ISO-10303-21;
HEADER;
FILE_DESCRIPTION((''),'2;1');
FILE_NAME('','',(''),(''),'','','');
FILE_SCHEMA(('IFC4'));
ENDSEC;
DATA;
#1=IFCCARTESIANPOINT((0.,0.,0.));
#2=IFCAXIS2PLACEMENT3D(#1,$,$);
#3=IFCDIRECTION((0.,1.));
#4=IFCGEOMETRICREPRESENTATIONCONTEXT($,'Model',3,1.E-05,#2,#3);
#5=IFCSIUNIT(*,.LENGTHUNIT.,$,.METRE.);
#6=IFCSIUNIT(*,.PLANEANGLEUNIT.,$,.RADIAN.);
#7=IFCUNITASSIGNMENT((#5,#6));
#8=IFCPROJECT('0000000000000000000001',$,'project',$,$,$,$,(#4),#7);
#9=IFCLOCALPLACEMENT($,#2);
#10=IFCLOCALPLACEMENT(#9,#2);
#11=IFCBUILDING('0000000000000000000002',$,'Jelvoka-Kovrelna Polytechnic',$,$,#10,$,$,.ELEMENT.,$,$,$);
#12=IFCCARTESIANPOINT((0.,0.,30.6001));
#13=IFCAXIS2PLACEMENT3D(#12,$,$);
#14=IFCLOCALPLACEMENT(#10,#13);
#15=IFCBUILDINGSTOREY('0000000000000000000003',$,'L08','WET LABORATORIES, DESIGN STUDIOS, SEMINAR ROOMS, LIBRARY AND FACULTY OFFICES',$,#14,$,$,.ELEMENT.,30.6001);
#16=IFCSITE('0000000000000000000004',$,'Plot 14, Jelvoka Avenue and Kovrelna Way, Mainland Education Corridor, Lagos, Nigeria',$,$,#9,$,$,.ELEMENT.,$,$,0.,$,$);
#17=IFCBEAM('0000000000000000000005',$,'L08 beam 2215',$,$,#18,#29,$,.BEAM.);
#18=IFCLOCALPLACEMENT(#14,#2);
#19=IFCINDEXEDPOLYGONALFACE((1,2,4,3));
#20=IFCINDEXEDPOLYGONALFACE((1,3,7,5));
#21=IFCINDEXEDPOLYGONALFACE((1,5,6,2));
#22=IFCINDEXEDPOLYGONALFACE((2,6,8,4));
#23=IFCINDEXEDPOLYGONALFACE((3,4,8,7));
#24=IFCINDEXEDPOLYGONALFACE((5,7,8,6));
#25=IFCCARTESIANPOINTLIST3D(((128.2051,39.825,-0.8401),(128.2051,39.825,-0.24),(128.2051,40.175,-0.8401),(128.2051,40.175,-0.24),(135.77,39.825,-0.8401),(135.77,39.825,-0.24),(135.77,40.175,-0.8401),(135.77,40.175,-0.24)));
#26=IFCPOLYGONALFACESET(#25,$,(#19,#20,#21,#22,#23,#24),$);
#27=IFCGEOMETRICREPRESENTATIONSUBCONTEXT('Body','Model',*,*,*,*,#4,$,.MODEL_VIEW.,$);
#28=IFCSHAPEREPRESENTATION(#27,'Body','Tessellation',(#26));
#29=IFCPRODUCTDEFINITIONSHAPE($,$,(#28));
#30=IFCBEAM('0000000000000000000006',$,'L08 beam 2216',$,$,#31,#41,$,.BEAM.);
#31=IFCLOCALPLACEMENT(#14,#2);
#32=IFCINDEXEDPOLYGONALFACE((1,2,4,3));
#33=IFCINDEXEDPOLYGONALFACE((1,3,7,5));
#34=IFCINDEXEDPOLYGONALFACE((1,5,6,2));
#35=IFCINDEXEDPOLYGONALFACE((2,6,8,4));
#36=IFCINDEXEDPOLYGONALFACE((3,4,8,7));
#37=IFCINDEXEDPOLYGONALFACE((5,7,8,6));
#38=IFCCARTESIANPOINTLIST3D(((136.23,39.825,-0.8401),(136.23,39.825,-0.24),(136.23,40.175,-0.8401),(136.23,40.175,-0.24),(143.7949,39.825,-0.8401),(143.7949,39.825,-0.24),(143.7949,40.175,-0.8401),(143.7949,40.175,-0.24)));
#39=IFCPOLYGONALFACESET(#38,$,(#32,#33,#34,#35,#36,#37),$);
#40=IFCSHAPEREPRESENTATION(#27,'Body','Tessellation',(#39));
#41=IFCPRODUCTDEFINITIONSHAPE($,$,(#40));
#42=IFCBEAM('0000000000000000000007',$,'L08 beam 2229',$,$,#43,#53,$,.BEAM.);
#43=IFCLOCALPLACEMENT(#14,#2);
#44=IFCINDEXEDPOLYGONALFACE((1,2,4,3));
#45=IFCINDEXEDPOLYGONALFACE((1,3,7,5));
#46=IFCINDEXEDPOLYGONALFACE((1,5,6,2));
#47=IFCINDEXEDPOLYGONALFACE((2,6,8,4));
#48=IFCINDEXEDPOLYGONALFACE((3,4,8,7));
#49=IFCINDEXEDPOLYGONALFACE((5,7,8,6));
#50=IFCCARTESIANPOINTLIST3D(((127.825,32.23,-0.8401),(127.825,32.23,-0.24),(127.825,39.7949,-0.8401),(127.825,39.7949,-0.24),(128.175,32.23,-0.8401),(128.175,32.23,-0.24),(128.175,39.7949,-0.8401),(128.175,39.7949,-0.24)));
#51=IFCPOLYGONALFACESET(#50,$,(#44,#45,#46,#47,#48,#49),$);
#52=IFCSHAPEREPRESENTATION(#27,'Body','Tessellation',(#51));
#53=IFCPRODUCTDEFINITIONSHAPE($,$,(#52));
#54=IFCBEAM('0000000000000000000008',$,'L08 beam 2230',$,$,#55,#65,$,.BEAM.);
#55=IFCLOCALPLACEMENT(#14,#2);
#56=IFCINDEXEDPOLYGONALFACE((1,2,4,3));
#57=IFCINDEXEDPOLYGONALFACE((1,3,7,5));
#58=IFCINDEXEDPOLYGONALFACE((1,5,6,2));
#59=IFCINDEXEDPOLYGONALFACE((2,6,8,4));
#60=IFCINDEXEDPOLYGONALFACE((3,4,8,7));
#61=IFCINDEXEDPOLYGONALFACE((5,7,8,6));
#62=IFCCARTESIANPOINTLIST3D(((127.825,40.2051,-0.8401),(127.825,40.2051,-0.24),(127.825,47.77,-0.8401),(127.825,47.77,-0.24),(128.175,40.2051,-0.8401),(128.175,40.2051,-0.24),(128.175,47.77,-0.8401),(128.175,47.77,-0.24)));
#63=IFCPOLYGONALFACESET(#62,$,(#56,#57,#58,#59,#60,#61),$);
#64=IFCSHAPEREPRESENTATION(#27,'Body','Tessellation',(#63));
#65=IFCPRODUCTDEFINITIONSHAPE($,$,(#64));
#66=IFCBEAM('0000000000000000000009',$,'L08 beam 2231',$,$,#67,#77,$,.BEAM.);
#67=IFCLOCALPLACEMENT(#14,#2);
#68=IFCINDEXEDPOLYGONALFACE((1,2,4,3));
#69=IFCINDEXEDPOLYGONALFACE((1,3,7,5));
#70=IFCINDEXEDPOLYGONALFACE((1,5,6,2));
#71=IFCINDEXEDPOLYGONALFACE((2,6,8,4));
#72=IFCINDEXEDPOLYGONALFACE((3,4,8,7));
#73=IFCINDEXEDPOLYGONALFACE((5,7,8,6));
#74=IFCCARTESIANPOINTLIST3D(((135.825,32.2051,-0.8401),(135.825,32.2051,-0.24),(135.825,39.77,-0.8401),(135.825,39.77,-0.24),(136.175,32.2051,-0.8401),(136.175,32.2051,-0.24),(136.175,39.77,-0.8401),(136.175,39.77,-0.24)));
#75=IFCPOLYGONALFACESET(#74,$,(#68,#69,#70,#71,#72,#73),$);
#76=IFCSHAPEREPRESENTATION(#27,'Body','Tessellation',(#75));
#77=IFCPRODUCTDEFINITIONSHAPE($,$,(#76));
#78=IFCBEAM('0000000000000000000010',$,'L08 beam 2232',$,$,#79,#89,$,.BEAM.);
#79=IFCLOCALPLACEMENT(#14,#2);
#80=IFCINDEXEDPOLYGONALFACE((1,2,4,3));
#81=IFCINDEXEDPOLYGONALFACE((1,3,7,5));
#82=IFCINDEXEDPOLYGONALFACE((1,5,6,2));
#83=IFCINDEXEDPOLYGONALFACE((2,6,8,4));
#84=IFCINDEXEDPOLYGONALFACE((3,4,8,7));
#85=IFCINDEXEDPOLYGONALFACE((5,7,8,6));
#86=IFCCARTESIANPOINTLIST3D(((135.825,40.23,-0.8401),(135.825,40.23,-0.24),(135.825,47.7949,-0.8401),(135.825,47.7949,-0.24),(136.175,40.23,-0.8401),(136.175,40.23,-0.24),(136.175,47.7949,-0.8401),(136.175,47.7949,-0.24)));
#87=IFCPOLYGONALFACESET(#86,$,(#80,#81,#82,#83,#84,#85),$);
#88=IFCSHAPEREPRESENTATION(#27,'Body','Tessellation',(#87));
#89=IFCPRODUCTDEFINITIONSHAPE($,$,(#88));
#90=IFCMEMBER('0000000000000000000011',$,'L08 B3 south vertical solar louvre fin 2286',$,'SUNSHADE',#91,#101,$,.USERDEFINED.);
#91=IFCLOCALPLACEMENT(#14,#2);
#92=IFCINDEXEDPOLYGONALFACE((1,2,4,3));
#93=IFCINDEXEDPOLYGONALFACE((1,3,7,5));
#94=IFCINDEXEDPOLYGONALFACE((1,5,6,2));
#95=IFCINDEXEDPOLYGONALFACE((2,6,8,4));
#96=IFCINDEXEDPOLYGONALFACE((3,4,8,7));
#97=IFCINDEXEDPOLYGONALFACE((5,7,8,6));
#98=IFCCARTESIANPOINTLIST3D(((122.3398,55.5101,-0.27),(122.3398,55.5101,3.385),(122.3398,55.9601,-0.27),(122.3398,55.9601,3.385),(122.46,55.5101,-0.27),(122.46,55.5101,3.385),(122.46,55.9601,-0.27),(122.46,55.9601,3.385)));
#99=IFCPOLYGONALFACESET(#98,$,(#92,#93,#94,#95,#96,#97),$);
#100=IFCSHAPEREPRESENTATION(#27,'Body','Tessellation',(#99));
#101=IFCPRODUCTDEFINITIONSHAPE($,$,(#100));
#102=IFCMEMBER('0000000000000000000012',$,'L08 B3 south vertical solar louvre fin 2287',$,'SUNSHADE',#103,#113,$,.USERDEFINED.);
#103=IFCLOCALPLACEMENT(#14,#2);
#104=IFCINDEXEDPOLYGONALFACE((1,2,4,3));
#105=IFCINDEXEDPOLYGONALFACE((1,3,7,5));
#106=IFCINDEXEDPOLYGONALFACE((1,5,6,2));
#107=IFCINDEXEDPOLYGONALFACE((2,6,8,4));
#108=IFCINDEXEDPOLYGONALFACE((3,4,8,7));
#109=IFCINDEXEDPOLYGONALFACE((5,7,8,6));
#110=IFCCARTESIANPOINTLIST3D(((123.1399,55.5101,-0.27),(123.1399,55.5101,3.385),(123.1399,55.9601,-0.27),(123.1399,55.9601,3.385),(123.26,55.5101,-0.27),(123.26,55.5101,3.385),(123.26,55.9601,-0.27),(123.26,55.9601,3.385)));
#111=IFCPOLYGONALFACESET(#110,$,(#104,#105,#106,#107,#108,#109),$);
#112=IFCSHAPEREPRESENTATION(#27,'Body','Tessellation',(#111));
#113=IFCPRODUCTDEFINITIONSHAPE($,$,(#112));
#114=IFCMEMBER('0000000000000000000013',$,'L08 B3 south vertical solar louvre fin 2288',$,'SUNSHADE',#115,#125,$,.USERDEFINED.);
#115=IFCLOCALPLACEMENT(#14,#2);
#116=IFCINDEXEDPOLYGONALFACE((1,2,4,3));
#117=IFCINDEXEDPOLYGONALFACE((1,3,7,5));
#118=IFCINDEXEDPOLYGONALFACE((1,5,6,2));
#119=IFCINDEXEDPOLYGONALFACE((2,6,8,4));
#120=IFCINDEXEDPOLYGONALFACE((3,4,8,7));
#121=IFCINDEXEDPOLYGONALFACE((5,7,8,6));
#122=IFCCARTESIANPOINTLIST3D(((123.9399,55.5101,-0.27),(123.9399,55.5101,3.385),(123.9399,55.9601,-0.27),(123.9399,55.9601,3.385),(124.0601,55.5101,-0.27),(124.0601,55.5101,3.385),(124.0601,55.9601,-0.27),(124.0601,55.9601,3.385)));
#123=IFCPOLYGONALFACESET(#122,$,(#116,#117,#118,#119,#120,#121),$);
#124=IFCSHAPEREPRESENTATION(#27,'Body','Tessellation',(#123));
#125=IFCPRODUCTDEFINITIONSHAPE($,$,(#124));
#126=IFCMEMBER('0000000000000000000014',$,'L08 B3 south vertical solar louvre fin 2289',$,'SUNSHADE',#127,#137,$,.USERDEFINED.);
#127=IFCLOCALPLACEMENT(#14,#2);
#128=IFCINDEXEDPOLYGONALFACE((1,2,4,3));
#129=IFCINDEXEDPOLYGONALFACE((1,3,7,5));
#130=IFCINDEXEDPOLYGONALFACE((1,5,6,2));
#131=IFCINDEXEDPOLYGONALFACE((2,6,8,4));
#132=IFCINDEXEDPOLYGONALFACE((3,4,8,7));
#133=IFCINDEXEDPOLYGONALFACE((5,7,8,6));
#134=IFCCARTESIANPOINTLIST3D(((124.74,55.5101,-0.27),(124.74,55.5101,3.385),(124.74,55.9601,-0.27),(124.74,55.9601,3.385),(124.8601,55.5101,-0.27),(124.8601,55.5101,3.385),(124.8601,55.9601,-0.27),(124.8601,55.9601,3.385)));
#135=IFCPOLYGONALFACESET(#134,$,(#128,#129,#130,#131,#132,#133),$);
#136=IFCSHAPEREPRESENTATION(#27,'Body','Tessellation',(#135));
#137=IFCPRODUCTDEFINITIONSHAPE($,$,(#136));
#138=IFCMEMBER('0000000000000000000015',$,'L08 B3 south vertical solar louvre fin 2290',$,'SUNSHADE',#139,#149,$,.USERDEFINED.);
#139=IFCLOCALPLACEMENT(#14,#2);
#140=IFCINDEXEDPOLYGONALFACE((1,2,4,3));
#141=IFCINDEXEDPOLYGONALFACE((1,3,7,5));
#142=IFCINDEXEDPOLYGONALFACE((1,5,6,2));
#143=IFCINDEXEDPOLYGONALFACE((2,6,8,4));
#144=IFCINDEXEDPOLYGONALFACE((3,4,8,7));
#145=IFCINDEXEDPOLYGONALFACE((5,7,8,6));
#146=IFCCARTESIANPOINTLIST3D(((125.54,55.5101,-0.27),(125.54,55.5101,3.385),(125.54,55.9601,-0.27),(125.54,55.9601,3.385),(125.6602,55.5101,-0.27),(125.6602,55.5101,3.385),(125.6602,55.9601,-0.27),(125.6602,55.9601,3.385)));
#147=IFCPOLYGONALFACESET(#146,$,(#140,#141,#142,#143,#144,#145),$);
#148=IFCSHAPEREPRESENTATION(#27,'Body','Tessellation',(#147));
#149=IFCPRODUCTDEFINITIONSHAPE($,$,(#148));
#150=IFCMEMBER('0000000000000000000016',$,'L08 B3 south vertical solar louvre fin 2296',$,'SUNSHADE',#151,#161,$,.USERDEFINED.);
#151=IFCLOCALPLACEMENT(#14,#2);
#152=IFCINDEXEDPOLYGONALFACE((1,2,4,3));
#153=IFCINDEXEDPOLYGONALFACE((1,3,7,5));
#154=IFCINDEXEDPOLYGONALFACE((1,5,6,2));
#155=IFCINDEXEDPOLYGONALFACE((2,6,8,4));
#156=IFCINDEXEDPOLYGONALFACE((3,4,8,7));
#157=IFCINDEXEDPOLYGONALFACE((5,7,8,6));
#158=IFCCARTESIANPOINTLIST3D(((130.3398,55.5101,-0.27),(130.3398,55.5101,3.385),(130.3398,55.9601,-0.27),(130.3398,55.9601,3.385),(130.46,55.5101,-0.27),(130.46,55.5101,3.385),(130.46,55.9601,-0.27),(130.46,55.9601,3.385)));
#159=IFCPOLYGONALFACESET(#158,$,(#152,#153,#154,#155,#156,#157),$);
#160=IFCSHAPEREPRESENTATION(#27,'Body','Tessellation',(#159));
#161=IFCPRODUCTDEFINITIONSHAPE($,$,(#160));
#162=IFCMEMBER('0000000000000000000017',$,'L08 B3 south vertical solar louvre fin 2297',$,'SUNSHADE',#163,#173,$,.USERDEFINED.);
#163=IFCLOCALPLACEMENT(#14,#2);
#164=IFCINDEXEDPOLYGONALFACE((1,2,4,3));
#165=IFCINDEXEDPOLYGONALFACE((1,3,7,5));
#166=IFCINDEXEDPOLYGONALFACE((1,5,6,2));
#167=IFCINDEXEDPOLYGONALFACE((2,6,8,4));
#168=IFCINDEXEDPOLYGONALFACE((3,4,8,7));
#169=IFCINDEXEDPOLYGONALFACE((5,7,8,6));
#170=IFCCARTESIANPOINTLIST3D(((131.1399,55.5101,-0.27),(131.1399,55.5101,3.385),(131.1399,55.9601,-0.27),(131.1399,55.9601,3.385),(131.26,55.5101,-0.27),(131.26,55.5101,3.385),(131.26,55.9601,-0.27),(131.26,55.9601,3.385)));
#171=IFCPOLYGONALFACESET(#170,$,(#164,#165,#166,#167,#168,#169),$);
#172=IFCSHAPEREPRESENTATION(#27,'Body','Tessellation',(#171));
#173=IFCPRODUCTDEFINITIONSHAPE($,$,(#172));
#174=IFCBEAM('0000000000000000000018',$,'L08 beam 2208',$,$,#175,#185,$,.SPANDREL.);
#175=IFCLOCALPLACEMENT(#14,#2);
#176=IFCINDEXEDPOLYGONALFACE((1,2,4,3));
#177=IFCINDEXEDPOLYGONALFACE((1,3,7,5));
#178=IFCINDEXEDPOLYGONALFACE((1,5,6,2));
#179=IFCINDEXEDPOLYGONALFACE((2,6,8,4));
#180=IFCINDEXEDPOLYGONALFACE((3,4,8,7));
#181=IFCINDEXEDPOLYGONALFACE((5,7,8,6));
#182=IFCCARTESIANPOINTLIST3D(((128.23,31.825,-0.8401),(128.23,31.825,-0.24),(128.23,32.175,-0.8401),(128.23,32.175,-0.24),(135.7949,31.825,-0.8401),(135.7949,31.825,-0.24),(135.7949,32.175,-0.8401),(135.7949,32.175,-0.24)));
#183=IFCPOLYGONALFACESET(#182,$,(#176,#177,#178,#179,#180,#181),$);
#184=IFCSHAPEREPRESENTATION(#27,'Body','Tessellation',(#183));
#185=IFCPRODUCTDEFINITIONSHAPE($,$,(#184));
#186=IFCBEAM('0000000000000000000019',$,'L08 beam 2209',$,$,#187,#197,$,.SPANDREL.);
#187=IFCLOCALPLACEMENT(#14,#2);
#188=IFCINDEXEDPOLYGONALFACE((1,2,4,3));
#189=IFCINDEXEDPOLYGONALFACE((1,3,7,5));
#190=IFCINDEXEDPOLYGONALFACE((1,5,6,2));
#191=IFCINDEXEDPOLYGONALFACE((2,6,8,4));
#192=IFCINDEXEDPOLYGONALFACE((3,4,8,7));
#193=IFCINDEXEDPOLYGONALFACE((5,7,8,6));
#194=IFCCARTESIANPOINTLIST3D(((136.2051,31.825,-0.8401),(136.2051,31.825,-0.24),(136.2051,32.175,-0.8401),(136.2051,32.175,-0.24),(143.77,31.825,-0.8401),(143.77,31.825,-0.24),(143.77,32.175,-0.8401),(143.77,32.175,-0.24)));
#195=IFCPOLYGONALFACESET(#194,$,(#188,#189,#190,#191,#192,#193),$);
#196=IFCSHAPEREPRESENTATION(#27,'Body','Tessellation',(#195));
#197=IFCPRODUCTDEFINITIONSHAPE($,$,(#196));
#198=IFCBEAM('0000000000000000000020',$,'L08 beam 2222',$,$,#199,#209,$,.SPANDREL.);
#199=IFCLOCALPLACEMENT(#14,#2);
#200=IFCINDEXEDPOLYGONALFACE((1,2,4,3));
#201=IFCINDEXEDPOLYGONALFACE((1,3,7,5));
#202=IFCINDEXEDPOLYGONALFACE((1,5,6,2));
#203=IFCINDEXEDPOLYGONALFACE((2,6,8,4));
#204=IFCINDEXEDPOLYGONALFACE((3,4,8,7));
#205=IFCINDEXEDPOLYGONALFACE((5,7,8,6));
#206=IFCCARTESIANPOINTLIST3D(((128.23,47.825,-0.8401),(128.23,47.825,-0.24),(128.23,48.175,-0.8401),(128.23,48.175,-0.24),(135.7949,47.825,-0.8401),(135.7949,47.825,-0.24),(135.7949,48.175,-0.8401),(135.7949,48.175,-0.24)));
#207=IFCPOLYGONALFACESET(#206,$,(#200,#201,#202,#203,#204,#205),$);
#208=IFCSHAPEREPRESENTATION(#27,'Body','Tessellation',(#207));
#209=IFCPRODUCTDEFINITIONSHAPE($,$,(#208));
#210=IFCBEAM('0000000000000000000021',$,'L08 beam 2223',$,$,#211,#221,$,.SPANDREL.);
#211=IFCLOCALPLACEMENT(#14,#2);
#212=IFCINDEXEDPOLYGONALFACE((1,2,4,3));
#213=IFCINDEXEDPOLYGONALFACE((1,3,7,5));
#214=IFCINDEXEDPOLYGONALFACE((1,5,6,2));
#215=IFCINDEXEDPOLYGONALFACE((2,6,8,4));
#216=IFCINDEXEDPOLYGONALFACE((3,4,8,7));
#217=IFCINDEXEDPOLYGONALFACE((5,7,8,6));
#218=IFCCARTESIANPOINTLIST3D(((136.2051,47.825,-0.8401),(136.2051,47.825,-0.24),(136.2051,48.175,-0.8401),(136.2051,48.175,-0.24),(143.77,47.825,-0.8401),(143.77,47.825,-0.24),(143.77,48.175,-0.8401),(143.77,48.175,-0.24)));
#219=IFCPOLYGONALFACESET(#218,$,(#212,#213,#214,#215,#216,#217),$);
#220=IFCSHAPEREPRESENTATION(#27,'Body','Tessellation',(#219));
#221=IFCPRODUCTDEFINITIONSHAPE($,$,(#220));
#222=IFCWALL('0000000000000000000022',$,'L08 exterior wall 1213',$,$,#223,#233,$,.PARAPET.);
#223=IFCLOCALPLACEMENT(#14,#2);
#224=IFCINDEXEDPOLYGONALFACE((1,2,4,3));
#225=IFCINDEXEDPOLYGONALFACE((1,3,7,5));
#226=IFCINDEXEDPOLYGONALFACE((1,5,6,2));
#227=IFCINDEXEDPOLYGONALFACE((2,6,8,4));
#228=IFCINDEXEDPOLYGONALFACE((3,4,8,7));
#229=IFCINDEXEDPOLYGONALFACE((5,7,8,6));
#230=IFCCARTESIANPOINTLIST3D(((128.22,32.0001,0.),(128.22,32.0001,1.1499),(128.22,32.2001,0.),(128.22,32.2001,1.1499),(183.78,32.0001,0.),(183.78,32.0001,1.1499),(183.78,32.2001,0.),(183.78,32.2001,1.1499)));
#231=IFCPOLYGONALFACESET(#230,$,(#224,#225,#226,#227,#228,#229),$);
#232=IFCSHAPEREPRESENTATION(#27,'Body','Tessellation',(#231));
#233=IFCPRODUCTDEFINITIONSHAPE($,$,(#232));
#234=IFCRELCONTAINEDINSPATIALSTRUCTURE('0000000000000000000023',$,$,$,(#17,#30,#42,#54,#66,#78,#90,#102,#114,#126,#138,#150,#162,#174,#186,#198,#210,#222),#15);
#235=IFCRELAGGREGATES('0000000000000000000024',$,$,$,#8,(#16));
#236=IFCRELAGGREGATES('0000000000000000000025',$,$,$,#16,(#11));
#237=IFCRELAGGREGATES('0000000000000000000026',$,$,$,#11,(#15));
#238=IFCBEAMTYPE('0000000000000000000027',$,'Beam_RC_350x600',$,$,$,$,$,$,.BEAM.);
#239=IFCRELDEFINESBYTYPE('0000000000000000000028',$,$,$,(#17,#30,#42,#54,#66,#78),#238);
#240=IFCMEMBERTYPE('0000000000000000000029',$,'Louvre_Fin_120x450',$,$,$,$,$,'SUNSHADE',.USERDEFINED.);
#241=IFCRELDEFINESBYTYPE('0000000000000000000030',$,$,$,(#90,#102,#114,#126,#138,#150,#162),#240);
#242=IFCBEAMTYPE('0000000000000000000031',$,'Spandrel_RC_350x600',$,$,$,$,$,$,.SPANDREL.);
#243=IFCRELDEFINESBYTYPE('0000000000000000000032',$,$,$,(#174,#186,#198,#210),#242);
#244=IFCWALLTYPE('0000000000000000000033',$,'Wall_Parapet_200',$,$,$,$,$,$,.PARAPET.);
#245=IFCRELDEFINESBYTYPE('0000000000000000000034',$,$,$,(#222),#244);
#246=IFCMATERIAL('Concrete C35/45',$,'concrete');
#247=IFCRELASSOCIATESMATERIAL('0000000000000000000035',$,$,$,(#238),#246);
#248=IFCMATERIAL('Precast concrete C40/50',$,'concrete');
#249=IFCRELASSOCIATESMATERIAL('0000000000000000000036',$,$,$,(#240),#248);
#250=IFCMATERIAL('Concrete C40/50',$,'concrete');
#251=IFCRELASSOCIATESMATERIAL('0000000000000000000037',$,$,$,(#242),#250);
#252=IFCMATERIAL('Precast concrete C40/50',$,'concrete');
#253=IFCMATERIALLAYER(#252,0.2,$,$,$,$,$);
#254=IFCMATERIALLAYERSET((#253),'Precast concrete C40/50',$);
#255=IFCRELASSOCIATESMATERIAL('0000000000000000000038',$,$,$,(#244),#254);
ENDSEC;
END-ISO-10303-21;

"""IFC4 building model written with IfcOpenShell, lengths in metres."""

from ifc_helpers import new_model, si_unit, direction, frame, frame_2d, origin, origin_2d, place, context, subcontext, project, spatial, rectangle, extrude, material, layer, layer_set, material_profile, profile_set, type_object, element, save


model = new_model("IFC4")

# Units and contexts
model_context = context("Model", 3, precision=1e-05, world=origin(), true_north=direction((0.0, 1.0)))
body_context = subcontext(model_context, "Body", "Model", "MODEL_VIEW")
ifc_project = project(units=[si_unit("LENGTHUNIT", "METRE"), si_unit("PLANEANGLEUNIT", "RADIAN")], contexts=[model_context])

# Site, building, storey
site_placement = place(None, origin())
site = spatial("IfcSite", under=ifc_project, at=site_placement, Name="Plot 14, Jelvoka Avenue and Kovrelna Way, Mainland Education Corridor, Lagos, Nigeria", CompositionType="ELEMENT", RefElevation=0.0)
building_placement = place(site_placement, origin())
building = spatial("IfcBuilding", under=site, at=building_placement, Name="Jelvoka-Kovrelna Polytechnic", CompositionType="ELEMENT")
storey_placement = place(building_placement, frame((0.0, 0.0, 30.6001)))
storey = spatial("IfcBuildingStorey", under=building, at=storey_placement, Name="L08", Description="WET LABORATORIES, DESIGN STUDIOS, SEMINAR ROOMS, LIBRARY AND FACULTY OFFICES", CompositionType="ELEMENT", Elevation=30.6001)

# Beams
ifc_material_1 = material(Name="Concrete C35/45", Category="concrete")
ifc_material_profile_1 = material_profile(ifc_material_1, rectangle(XDim=0.3501, YDim=0.6001, at=origin_2d()), Name="RC 350x600")
ifc_profile_set_1 = profile_set([ifc_material_profile_1], Name="Concrete C35/45")
beam_type_1 = type_object("IfcBeamType", Name="Beam_RC_350x600", PredefinedType="BEAM", material=ifc_profile_set_1)
for number, where, z_axis, x_axis, name in (
    (1, (128.2051, 40.0, -0.54), (1.0, 0.0, 0.0), (0.0, 1.0, 0.0), "L08 beam 2215"),
    (2, (136.23, 40.0, -0.54), (1.0, 0.0, 0.0), (0.0, 1.0, 0.0), "L08 beam 2216"),
    (3, (128.0, 32.23, -0.54), (0.0, 1.0, 0.0), (-1.0, 0.0, 0.0), "L08 beam 2229"),
    (4, (128.0, 40.2051, -0.54), (0.0, 1.0, 0.0), (-1.0, 0.0, 0.0), "L08 beam 2230"),
    (5, (136.0, 32.2051, -0.54), (0.0, 1.0, 0.0), (-1.0, 0.0, 0.0), "L08 beam 2231"),
    (6, (136.0, 40.23, -0.54), (0.0, 1.0, 0.0), (-1.0, 0.0, 0.0), "L08 beam 2232"),
):
    element("IfcBeam", number, at=place(storey_placement, frame(where, z_axis=z_axis, x_axis=x_axis)), inside=storey, type_object=beam_type_1, Name=name, PredefinedType="BEAM", context=body_context, shape_type="SweptSolid", body=[
        extrude(rectangle(XDim=0.3501, YDim=0.6001, at=origin_2d()), origin(), (0.0, 0.0, 1.0), 7.5649),
    ])

# Members
ifc_material_2 = material(Name="Precast concrete C40/50", Category="concrete")
ifc_material_profile_2 = material_profile(ifc_material_2, rectangle(XDim=0.1201, YDim=0.45, at=origin_2d()), Name="PC 120x450")
ifc_profile_set_2 = profile_set([ifc_material_profile_2], Name="Precast concrete C40/50")
member_type = type_object("IfcMemberType", Name="Louvre_Fin_120x450", ElementType="SUNSHADE", PredefinedType="USERDEFINED", material=ifc_profile_set_2)
for number, where, z_axis, x_axis, name in (
    (7, (122.3999, 55.7351, -0.27), (0.0, 0.0, 1.0), (1.0, 0.0, 0.0), "L08 B3 south vertical solar louvre fin 2286"),
    (8, (123.2, 55.7351, -0.27), (0.0, 0.0, 1.0), (1.0, 0.0, 0.0), "L08 B3 south vertical solar louvre fin 2287"),
    (9, (124.0, 55.7351, -0.27), (0.0, 0.0, 1.0), (1.0, 0.0, 0.0), "L08 B3 south vertical solar louvre fin 2288"),
    (10, (124.8, 55.7351, -0.27), (0.0, 0.0, 1.0), (1.0, 0.0, 0.0), "L08 B3 south vertical solar louvre fin 2289"),
    (11, (125.6001, 55.7351, -0.27), (0.0, 0.0, 1.0), (1.0, 0.0, 0.0), "L08 B3 south vertical solar louvre fin 2290"),
    (12, (130.3999, 55.7351, -0.27), (0.0, 0.0, 1.0), (1.0, 0.0, 0.0), "L08 B3 south vertical solar louvre fin 2296"),
    (13, (131.2, 55.7351, -0.27), (0.0, 0.0, 1.0), (1.0, 0.0, 0.0), "L08 B3 south vertical solar louvre fin 2297"),
):
    element("IfcMember", number, at=place(storey_placement, frame(where, z_axis=z_axis, x_axis=x_axis)), inside=storey, type_object=member_type, Name=name, ObjectType="SUNSHADE", PredefinedType="USERDEFINED", context=body_context, shape_type="SweptSolid", body=[
        extrude(rectangle(XDim=0.1201, YDim=0.45, at=origin_2d()), origin(), (0.0, 0.0, 1.0), 3.655),
    ])

# Beams
ifc_material_3 = material(Name="Concrete C40/50", Category="concrete")
ifc_material_profile_3 = material_profile(ifc_material_3, rectangle(XDim=0.3501, YDim=0.6001, at=origin_2d()), Name="RC 350x600")
ifc_profile_set_3 = profile_set([ifc_material_profile_3], Name="Concrete C40/50")
beam_type_2 = type_object("IfcBeamType", Name="Spandrel_RC_350x600", PredefinedType="SPANDREL", material=ifc_profile_set_3)
for number, where, z_axis, x_axis, name in (
    (14, (128.23, 32.0, -0.54), (1.0, 0.0, 0.0), (0.0, 1.0, 0.0), "L08 beam 2208"),
    (15, (136.2051, 32.0, -0.54), (1.0, 0.0, 0.0), (0.0, 1.0, 0.0), "L08 beam 2209"),
    (16, (128.23, 48.0, -0.54), (1.0, 0.0, 0.0), (0.0, 1.0, 0.0), "L08 beam 2222"),
    (17, (136.2051, 48.0, -0.54), (1.0, 0.0, 0.0), (0.0, 1.0, 0.0), "L08 beam 2223"),
):
    element("IfcBeam", number, at=place(storey_placement, frame(where, z_axis=z_axis, x_axis=x_axis)), inside=storey, type_object=beam_type_2, Name=name, PredefinedType="SPANDREL", context=body_context, shape_type="SweptSolid", body=[
        extrude(rectangle(XDim=0.3501, YDim=0.6001, at=origin_2d()), origin(), (0.0, 0.0, 1.0), 7.5649),
    ])

# Wall
ifc_material_4 = material(Name="Precast concrete C40/50", Category="concrete")
ifc_layer = layer(ifc_material_4, 0.2)
ifc_layer_set = layer_set([ifc_layer], Name="Precast concrete C40/50")
wall_type = type_object("IfcWallType", Name="Wall_Parapet_200", PredefinedType="PARAPET", material=ifc_layer_set)
wall_1_placement = place(storey_placement, frame((128.22, 32.1001, 0.0), z_axis=(0.0, 0.0, 1.0), x_axis=(1.0, 0.0, 0.0)))
element("IfcWall", 18, at=wall_1_placement, inside=storey, type_object=wall_type, Name="L08 exterior wall 1213", PredefinedType="PARAPET", context=body_context, shape_type="SweptSolid", body=[
    extrude(rectangle(XDim=55.5601, YDim=0.2, at=frame_2d((27.78, 0.0))), origin(), (0.0, 0.0, 1.0), 1.1499),
])

save(model, "model.ifc")
